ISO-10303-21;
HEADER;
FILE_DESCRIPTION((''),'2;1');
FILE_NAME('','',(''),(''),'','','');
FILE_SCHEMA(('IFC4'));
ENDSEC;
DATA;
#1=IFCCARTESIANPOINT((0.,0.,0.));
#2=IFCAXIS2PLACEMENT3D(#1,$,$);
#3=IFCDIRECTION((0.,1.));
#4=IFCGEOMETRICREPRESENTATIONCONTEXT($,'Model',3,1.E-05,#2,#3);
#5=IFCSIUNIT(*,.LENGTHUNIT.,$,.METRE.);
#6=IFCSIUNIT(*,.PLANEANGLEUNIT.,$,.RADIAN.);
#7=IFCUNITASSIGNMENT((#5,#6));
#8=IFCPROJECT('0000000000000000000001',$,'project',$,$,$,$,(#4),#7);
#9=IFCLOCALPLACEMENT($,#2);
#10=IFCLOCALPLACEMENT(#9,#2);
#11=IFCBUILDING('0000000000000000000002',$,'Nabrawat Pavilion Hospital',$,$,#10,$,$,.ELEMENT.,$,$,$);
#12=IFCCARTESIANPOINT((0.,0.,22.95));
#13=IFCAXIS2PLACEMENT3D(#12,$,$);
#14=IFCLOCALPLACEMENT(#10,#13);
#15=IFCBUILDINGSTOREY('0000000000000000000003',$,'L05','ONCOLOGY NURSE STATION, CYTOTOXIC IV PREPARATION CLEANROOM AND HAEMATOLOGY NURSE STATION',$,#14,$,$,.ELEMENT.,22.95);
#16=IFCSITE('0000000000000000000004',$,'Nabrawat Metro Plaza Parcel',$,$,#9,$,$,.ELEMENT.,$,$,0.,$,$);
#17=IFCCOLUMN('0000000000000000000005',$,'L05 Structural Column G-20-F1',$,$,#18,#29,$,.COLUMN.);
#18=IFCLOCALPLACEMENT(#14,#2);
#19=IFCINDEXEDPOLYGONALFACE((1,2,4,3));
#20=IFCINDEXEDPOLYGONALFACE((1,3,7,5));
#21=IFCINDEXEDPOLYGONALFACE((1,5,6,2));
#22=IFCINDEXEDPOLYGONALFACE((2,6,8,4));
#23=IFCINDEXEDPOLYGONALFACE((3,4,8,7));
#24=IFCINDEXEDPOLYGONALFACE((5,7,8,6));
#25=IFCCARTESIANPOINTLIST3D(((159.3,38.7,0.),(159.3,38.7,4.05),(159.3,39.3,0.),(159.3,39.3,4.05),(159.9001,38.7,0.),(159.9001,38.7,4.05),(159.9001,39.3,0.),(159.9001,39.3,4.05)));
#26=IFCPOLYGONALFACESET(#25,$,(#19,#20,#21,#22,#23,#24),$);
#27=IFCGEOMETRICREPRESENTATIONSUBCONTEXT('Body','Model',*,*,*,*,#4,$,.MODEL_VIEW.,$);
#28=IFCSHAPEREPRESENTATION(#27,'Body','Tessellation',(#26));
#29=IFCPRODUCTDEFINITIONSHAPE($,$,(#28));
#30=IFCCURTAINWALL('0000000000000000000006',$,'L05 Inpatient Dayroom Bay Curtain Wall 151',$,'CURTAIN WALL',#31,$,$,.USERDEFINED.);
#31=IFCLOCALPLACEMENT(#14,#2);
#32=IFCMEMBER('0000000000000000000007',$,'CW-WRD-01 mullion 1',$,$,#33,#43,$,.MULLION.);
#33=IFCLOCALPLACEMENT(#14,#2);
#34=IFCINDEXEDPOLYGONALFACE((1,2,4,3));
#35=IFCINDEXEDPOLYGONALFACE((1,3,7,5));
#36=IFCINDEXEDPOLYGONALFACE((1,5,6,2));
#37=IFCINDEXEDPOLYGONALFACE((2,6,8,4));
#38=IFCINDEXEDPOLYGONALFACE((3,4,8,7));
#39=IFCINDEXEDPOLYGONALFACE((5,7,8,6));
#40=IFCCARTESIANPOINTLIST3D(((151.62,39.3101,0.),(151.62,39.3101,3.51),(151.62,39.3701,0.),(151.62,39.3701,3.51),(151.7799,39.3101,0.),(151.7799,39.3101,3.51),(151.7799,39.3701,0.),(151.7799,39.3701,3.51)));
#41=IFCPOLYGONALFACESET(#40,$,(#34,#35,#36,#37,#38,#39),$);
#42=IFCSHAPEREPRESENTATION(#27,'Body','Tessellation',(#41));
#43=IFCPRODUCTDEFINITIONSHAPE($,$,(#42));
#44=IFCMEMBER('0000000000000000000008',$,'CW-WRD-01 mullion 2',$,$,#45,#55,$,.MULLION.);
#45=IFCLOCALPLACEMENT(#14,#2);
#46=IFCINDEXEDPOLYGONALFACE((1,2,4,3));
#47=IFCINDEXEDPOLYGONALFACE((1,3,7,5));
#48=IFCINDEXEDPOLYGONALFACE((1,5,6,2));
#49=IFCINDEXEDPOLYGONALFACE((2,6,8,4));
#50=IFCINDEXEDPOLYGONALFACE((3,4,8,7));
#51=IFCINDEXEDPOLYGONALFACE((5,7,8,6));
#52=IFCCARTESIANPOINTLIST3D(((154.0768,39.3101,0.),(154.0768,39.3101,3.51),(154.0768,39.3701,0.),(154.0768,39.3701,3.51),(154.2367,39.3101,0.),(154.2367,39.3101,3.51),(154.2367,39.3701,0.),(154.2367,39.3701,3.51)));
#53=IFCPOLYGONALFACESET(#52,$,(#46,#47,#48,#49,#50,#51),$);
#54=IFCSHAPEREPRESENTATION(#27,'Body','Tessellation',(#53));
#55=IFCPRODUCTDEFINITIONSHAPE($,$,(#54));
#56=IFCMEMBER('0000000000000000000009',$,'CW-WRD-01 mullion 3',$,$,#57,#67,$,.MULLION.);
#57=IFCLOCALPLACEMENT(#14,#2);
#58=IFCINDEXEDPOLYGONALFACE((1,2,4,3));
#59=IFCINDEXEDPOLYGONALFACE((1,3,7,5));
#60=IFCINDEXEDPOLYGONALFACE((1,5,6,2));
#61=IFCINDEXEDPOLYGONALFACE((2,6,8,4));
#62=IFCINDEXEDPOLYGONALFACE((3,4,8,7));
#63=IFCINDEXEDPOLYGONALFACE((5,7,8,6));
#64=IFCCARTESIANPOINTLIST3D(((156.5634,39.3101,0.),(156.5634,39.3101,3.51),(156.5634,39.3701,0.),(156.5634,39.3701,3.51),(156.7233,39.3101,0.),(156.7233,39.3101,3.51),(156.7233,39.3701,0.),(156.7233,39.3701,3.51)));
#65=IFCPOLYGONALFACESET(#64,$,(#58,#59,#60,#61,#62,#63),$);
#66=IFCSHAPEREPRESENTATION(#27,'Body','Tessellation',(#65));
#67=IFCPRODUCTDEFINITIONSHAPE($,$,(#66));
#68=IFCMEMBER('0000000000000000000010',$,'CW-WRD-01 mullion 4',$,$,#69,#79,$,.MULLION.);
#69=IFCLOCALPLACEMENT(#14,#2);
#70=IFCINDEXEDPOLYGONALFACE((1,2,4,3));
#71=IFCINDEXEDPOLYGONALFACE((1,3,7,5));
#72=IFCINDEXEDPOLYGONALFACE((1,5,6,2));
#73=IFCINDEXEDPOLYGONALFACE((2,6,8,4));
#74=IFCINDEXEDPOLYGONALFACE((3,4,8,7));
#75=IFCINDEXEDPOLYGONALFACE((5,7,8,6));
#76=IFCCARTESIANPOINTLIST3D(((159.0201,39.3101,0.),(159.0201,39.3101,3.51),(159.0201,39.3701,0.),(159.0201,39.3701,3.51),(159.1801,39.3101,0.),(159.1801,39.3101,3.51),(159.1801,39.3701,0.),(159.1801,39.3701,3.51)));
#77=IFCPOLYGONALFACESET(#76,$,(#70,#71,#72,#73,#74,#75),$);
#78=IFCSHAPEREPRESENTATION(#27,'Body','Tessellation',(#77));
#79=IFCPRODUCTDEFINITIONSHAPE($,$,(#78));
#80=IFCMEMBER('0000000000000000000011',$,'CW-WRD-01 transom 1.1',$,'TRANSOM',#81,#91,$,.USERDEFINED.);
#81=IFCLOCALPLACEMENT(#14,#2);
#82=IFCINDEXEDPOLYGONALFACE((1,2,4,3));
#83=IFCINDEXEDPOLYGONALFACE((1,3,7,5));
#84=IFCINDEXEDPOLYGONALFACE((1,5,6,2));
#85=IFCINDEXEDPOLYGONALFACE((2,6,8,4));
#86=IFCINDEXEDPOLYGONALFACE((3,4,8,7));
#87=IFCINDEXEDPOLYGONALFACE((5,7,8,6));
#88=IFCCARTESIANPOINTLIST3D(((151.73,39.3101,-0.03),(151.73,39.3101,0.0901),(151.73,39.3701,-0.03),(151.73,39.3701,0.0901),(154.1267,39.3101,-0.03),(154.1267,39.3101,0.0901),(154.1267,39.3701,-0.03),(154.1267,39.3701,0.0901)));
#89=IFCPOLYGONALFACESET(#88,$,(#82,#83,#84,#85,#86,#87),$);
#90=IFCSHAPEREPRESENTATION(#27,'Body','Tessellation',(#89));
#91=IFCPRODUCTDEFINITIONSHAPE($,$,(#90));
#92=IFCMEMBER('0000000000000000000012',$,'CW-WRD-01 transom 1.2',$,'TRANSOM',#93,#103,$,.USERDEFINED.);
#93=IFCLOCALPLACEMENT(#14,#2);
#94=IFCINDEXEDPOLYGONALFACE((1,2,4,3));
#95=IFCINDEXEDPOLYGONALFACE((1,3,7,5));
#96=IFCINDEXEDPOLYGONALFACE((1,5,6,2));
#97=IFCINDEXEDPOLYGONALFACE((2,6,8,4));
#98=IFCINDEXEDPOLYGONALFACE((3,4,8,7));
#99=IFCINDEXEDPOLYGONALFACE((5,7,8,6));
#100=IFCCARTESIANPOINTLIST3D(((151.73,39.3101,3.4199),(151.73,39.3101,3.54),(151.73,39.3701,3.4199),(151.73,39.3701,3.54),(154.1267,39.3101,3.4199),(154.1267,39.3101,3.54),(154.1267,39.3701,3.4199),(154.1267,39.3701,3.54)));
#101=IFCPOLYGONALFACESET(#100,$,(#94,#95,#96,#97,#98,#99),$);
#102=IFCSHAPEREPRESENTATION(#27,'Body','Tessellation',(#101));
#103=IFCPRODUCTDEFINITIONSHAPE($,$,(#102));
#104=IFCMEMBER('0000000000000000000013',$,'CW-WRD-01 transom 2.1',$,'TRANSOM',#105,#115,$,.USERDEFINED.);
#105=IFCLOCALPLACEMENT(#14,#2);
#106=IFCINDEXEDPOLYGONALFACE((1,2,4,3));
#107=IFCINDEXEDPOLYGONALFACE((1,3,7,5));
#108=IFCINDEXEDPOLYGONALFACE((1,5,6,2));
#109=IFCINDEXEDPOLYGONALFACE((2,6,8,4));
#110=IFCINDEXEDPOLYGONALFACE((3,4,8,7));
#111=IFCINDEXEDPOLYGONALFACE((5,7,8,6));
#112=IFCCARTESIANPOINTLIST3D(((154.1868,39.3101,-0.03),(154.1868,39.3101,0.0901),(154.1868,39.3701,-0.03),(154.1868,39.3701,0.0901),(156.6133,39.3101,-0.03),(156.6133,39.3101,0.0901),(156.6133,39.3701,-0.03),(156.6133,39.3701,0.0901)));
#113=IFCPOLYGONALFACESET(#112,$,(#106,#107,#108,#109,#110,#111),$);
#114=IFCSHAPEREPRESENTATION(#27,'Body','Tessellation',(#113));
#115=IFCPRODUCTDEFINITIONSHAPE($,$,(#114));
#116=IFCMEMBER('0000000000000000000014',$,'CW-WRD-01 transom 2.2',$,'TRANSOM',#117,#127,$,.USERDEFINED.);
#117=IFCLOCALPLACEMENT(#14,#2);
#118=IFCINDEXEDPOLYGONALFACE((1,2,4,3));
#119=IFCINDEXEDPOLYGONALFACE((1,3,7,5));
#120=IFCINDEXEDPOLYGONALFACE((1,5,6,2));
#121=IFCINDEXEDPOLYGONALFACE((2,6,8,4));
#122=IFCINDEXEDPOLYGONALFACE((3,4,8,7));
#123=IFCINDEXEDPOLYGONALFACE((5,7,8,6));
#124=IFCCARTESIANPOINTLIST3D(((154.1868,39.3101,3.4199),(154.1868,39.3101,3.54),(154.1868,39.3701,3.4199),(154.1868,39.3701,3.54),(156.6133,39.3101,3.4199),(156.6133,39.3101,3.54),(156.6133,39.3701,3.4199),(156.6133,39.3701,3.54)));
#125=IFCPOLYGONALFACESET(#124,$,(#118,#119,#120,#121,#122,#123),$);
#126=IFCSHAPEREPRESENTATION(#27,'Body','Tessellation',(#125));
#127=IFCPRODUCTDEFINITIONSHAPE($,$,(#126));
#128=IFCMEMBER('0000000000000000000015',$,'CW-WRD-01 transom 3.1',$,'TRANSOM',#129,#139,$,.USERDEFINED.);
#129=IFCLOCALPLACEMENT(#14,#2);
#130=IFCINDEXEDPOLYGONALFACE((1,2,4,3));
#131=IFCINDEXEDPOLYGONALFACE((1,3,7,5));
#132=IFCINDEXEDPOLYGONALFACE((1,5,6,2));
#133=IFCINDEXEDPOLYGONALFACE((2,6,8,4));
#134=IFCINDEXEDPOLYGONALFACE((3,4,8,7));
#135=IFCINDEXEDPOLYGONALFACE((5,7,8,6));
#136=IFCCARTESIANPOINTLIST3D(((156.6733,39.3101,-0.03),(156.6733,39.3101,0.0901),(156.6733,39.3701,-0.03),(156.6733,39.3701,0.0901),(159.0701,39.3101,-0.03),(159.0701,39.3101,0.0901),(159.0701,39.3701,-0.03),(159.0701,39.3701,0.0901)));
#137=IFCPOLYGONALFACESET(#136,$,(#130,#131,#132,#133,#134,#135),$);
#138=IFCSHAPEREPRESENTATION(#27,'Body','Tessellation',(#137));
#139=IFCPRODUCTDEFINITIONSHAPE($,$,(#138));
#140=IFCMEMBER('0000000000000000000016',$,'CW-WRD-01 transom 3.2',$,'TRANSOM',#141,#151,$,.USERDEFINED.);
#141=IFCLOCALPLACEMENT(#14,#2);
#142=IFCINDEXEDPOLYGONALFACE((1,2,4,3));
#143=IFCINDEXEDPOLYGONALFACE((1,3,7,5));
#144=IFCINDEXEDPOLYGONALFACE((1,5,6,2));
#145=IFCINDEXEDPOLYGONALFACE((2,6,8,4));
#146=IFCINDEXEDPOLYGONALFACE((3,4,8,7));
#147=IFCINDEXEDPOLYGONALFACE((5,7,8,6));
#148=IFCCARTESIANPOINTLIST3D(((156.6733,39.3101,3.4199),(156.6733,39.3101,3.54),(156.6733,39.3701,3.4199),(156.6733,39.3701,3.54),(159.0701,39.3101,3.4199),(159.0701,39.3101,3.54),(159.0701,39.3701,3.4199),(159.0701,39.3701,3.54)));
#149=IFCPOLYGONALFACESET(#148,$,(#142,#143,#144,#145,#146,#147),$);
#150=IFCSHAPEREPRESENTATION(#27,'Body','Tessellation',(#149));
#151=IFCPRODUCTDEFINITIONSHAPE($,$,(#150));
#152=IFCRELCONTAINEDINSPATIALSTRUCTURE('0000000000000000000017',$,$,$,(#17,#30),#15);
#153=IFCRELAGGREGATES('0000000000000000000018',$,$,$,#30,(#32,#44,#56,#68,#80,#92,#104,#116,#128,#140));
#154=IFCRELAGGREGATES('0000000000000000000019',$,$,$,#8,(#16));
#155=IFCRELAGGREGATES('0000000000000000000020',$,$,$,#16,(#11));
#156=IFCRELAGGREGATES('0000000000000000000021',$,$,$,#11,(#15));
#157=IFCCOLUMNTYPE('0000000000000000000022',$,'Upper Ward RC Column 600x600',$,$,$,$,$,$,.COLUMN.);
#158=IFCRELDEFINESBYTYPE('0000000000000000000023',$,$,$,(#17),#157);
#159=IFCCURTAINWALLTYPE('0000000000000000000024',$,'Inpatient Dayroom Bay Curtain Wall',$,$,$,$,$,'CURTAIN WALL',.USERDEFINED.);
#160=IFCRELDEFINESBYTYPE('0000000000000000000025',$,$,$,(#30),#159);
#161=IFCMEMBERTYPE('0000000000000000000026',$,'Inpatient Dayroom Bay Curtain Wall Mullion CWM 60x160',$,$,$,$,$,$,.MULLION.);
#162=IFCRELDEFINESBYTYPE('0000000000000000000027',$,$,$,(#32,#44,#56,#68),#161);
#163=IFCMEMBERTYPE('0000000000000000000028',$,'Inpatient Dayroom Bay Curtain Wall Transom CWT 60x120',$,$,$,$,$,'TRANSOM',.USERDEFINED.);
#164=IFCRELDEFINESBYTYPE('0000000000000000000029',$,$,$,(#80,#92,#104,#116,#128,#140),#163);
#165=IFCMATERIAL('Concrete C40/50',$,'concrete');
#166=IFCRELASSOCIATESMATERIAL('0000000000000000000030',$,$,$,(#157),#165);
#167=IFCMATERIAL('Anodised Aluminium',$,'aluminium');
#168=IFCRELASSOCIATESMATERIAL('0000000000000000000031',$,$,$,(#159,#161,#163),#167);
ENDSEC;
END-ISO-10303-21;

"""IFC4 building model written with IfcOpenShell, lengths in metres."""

from ifc_helpers import new_model, si_unit, direction, frame, origin, origin_2d, place, context, subcontext, project, spatial, rectangle, extrude, material, material_profile, profile_set, type_object, element, aggregate, save


model = new_model("IFC4")

# Units and contexts
model_context = context("Model", 3, precision=1e-05, world=origin(), true_north=direction((0.0, 1.0)))
body_context = subcontext(model_context, "Body", "Model", "MODEL_VIEW")
ifc_project = project(units=[si_unit("LENGTHUNIT", "METRE"), si_unit("PLANEANGLEUNIT", "RADIAN")], contexts=[model_context])

# Site, building, storey
site_placement = place(None, origin())
site = spatial("IfcSite", under=ifc_project, at=site_placement, Name="Nabrawat Metro Plaza Parcel", CompositionType="ELEMENT", RefElevation=0.0)
building_placement = place(site_placement, origin())
building = spatial("IfcBuilding", under=site, at=building_placement, Name="Nabrawat Pavilion Hospital", CompositionType="ELEMENT")
storey_placement = place(building_placement, frame((0.0, 0.0, 22.95)))
storey = spatial("IfcBuildingStorey", under=building, at=storey_placement, Name="L05", Description="ONCOLOGY NURSE STATION, CYTOTOXIC IV PREPARATION CLEANROOM AND HAEMATOLOGY NURSE STATION", CompositionType="ELEMENT", Elevation=22.95)

# Column
ifc_material_1 = material(Name="Concrete C40/50", Category="concrete")
ifc_material_profile_1 = material_profile(ifc_material_1, rectangle(XDim=0.6001, YDim=0.6001, at=origin_2d()), Name="RC 600x600")
ifc_profile_set_1 = profile_set([ifc_material_profile_1], Name="Concrete C40/50")
column_type = type_object("IfcColumnType", Name="Upper Ward RC Column 600x600", PredefinedType="COLUMN", material=ifc_profile_set_1)
column_placement = place(storey_placement, frame((159.6001, 39.0, 0.0), z_axis=(0.0, 0.0, 1.0), x_axis=(1.0, 0.0, 0.0)))
element("IfcColumn", 1, at=column_placement, inside=storey, type_object=column_type, Name="L05 Structural Column G-20-F1", PredefinedType="COLUMN", context=body_context, shape_type="SweptSolid", body=[
    extrude(rectangle(XDim=0.6001, YDim=0.6001, at=origin_2d()), origin(), (0.0, 0.0, 1.0), 4.05),
])

# Curtain wall, members
ifc_material_2 = material(Name="Anodised Aluminium", Category="aluminium")
curtain_wall_type = type_object("IfcCurtainWallType", Name="Inpatient Dayroom Bay Curtain Wall", ElementType="CURTAIN WALL", PredefinedType="USERDEFINED", material=ifc_material_2)
curtain_wall_placement = place(storey_placement, origin())
curtain_wall = element("IfcCurtainWall", 2, at=curtain_wall_placement, inside=storey, type_object=curtain_wall_type, Name="L05 Inpatient Dayroom Bay Curtain Wall 151", ObjectType="CURTAIN WALL", PredefinedType="USERDEFINED")
ifc_material_profile_2 = material_profile(ifc_material_2, rectangle(XDim=0.0601, YDim=0.1599, at=origin_2d()), Name="CWM 60x160")
ifc_profile_set_2 = profile_set([ifc_material_profile_2], Name="Anodised Aluminium")
member_type_1 = type_object("IfcMemberType", Name="Inpatient Dayroom Bay Curtain Wall Mullion CWM 60x160", PredefinedType="MULLION", material=ifc_profile_set_2)
member_1_placement = place(storey_placement, frame((151.7, 39.3401, 0.0), z_axis=(0.0, 0.0, 1.0), x_axis=(0.0, 1.0, 0.0)))
member_1 = element("IfcMember", 3, at=member_1_placement, type_object=member_type_1, Name="CW-WRD-01 mullion 1", PredefinedType="MULLION", context=body_context, shape_type="SweptSolid", body=[
    extrude(rectangle(XDim=0.0601, YDim=0.1599, at=origin_2d()), origin(), (0.0, 0.0, 1.0), 3.51),
])
member_2_placement = place(storey_placement, frame((154.1567, 39.3401, 0.0), z_axis=(0.0, 0.0, 1.0), x_axis=(0.0, 1.0, 0.0)))
member_2 = element("IfcMember", 4, at=member_2_placement, type_object=member_type_1, Name="CW-WRD-01 mullion 2", PredefinedType="MULLION", context=body_context, shape_type="SweptSolid", body=[
    extrude(rectangle(XDim=0.0601, YDim=0.1599, at=origin_2d()), origin(), (0.0, 0.0, 1.0), 3.51),
])
member_3_placement = place(storey_placement, frame((156.6433, 39.3401, 0.0), z_axis=(0.0, 0.0, 1.0), x_axis=(0.0, 1.0, 0.0)))
member_3 = element("IfcMember", 5, at=member_3_placement, type_object=member_type_1, Name="CW-WRD-01 mullion 3", PredefinedType="MULLION", context=body_context, shape_type="SweptSolid", body=[
    extrude(rectangle(XDim=0.0601, YDim=0.1599, at=origin_2d()), origin(), (0.0, 0.0, 1.0), 3.51),
])
member_4_placement = place(storey_placement, frame((159.1001, 39.3401, 0.0), z_axis=(0.0, 0.0, 1.0), x_axis=(0.0, 1.0, 0.0)))
member_4 = element("IfcMember", 6, at=member_4_placement, type_object=member_type_1, Name="CW-WRD-01 mullion 4", PredefinedType="MULLION", context=body_context, shape_type="SweptSolid", body=[
    extrude(rectangle(XDim=0.0601, YDim=0.1599, at=origin_2d()), origin(), (0.0, 0.0, 1.0), 3.51),
])
ifc_material_profile_3 = material_profile(ifc_material_2, rectangle(XDim=0.0601, YDim=0.1201, at=origin_2d()), Name="CWT 60x120")
ifc_profile_set_3 = profile_set([ifc_material_profile_3], Name="Anodised Aluminium")
member_type_2 = type_object("IfcMemberType", Name="Inpatient Dayroom Bay Curtain Wall Transom CWT 60x120", ElementType="TRANSOM", PredefinedType="USERDEFINED", material=ifc_profile_set_3)
member_5_placement = place(storey_placement, frame((151.73, 39.3401, 0.03), z_axis=(1.0, 0.0, 0.0), x_axis=(0.0, 1.0, 0.0)))
member_5 = element("IfcMember", 7, at=member_5_placement, type_object=member_type_2, Name="CW-WRD-01 transom 1.1", ObjectType="TRANSOM", PredefinedType="USERDEFINED", context=body_context, shape_type="SweptSolid", body=[
    extrude(rectangle(XDim=0.0601, YDim=0.1201, at=origin_2d()), origin(), (0.0, 0.0, 1.0), 2.3967),
])
member_6_placement = place(storey_placement, frame((151.73, 39.3401, 3.48), z_axis=(1.0, 0.0, 0.0), x_axis=(0.0, 1.0, 0.0)))
member_6 = element("IfcMember", 8, at=member_6_placement, type_object=member_type_2, Name="CW-WRD-01 transom 1.2", ObjectType="TRANSOM", PredefinedType="USERDEFINED", context=body_context, shape_type="SweptSolid", body=[
    extrude(rectangle(XDim=0.0601, YDim=0.1201, at=origin_2d()), origin(), (0.0, 0.0, 1.0), 2.3967),
])
member_7_placement = place(storey_placement, frame((154.1868, 39.3401, 0.03), z_axis=(1.0, 0.0, 0.0), x_axis=(0.0, 1.0, 0.0)))
member_7 = element("IfcMember", 9, at=member_7_placement, type_object=member_type_2, Name="CW-WRD-01 transom 2.1", ObjectType="TRANSOM", PredefinedType="USERDEFINED", context=body_context, shape_type="SweptSolid", body=[
    extrude(rectangle(XDim=0.0601, YDim=0.1201, at=origin_2d()), origin(), (0.0, 0.0, 1.0), 2.4265),
])
member_8_placement = place(storey_placement, frame((154.1868, 39.3401, 3.48), z_axis=(1.0, 0.0, 0.0), x_axis=(0.0, 1.0, 0.0)))
member_8 = element("IfcMember", 10, at=member_8_placement, type_object=member_type_2, Name="CW-WRD-01 transom 2.2", ObjectType="TRANSOM", PredefinedType="USERDEFINED", context=body_context, shape_type="SweptSolid", body=[
    extrude(rectangle(XDim=0.0601, YDim=0.1201, at=origin_2d()), origin(), (0.0, 0.0, 1.0), 2.4265),
])
member_9_placement = place(storey_placement, frame((156.6733, 39.3401, 0.03), z_axis=(1.0, 0.0, 0.0), x_axis=(0.0, 1.0, 0.0)))
member_9 = element("IfcMember", 11, at=member_9_placement, type_object=member_type_2, Name="CW-WRD-01 transom 3.1", ObjectType="TRANSOM", PredefinedType="USERDEFINED", context=body_context, shape_type="SweptSolid", body=[
    extrude(rectangle(XDim=0.0601, YDim=0.1201, at=origin_2d()), origin(), (0.0, 0.0, 1.0), 2.3967),
])
member_10_placement = place(storey_placement, frame((156.6733, 39.3401, 3.48), z_axis=(1.0, 0.0, 0.0), x_axis=(0.0, 1.0, 0.0)))
member_10 = element("IfcMember", 12, at=member_10_placement, type_object=member_type_2, Name="CW-WRD-01 transom 3.2", ObjectType="TRANSOM", PredefinedType="USERDEFINED", context=body_context, shape_type="SweptSolid", body=[
    extrude(rectangle(XDim=0.0601, YDim=0.1201, at=origin_2d()), origin(), (0.0, 0.0, 1.0), 2.3967),
])

aggregate(curtain_wall, [member_1, member_2, member_3, member_4, member_5, member_6, member_7, member_8, member_9, member_10])

save(model, "model.ifc")
